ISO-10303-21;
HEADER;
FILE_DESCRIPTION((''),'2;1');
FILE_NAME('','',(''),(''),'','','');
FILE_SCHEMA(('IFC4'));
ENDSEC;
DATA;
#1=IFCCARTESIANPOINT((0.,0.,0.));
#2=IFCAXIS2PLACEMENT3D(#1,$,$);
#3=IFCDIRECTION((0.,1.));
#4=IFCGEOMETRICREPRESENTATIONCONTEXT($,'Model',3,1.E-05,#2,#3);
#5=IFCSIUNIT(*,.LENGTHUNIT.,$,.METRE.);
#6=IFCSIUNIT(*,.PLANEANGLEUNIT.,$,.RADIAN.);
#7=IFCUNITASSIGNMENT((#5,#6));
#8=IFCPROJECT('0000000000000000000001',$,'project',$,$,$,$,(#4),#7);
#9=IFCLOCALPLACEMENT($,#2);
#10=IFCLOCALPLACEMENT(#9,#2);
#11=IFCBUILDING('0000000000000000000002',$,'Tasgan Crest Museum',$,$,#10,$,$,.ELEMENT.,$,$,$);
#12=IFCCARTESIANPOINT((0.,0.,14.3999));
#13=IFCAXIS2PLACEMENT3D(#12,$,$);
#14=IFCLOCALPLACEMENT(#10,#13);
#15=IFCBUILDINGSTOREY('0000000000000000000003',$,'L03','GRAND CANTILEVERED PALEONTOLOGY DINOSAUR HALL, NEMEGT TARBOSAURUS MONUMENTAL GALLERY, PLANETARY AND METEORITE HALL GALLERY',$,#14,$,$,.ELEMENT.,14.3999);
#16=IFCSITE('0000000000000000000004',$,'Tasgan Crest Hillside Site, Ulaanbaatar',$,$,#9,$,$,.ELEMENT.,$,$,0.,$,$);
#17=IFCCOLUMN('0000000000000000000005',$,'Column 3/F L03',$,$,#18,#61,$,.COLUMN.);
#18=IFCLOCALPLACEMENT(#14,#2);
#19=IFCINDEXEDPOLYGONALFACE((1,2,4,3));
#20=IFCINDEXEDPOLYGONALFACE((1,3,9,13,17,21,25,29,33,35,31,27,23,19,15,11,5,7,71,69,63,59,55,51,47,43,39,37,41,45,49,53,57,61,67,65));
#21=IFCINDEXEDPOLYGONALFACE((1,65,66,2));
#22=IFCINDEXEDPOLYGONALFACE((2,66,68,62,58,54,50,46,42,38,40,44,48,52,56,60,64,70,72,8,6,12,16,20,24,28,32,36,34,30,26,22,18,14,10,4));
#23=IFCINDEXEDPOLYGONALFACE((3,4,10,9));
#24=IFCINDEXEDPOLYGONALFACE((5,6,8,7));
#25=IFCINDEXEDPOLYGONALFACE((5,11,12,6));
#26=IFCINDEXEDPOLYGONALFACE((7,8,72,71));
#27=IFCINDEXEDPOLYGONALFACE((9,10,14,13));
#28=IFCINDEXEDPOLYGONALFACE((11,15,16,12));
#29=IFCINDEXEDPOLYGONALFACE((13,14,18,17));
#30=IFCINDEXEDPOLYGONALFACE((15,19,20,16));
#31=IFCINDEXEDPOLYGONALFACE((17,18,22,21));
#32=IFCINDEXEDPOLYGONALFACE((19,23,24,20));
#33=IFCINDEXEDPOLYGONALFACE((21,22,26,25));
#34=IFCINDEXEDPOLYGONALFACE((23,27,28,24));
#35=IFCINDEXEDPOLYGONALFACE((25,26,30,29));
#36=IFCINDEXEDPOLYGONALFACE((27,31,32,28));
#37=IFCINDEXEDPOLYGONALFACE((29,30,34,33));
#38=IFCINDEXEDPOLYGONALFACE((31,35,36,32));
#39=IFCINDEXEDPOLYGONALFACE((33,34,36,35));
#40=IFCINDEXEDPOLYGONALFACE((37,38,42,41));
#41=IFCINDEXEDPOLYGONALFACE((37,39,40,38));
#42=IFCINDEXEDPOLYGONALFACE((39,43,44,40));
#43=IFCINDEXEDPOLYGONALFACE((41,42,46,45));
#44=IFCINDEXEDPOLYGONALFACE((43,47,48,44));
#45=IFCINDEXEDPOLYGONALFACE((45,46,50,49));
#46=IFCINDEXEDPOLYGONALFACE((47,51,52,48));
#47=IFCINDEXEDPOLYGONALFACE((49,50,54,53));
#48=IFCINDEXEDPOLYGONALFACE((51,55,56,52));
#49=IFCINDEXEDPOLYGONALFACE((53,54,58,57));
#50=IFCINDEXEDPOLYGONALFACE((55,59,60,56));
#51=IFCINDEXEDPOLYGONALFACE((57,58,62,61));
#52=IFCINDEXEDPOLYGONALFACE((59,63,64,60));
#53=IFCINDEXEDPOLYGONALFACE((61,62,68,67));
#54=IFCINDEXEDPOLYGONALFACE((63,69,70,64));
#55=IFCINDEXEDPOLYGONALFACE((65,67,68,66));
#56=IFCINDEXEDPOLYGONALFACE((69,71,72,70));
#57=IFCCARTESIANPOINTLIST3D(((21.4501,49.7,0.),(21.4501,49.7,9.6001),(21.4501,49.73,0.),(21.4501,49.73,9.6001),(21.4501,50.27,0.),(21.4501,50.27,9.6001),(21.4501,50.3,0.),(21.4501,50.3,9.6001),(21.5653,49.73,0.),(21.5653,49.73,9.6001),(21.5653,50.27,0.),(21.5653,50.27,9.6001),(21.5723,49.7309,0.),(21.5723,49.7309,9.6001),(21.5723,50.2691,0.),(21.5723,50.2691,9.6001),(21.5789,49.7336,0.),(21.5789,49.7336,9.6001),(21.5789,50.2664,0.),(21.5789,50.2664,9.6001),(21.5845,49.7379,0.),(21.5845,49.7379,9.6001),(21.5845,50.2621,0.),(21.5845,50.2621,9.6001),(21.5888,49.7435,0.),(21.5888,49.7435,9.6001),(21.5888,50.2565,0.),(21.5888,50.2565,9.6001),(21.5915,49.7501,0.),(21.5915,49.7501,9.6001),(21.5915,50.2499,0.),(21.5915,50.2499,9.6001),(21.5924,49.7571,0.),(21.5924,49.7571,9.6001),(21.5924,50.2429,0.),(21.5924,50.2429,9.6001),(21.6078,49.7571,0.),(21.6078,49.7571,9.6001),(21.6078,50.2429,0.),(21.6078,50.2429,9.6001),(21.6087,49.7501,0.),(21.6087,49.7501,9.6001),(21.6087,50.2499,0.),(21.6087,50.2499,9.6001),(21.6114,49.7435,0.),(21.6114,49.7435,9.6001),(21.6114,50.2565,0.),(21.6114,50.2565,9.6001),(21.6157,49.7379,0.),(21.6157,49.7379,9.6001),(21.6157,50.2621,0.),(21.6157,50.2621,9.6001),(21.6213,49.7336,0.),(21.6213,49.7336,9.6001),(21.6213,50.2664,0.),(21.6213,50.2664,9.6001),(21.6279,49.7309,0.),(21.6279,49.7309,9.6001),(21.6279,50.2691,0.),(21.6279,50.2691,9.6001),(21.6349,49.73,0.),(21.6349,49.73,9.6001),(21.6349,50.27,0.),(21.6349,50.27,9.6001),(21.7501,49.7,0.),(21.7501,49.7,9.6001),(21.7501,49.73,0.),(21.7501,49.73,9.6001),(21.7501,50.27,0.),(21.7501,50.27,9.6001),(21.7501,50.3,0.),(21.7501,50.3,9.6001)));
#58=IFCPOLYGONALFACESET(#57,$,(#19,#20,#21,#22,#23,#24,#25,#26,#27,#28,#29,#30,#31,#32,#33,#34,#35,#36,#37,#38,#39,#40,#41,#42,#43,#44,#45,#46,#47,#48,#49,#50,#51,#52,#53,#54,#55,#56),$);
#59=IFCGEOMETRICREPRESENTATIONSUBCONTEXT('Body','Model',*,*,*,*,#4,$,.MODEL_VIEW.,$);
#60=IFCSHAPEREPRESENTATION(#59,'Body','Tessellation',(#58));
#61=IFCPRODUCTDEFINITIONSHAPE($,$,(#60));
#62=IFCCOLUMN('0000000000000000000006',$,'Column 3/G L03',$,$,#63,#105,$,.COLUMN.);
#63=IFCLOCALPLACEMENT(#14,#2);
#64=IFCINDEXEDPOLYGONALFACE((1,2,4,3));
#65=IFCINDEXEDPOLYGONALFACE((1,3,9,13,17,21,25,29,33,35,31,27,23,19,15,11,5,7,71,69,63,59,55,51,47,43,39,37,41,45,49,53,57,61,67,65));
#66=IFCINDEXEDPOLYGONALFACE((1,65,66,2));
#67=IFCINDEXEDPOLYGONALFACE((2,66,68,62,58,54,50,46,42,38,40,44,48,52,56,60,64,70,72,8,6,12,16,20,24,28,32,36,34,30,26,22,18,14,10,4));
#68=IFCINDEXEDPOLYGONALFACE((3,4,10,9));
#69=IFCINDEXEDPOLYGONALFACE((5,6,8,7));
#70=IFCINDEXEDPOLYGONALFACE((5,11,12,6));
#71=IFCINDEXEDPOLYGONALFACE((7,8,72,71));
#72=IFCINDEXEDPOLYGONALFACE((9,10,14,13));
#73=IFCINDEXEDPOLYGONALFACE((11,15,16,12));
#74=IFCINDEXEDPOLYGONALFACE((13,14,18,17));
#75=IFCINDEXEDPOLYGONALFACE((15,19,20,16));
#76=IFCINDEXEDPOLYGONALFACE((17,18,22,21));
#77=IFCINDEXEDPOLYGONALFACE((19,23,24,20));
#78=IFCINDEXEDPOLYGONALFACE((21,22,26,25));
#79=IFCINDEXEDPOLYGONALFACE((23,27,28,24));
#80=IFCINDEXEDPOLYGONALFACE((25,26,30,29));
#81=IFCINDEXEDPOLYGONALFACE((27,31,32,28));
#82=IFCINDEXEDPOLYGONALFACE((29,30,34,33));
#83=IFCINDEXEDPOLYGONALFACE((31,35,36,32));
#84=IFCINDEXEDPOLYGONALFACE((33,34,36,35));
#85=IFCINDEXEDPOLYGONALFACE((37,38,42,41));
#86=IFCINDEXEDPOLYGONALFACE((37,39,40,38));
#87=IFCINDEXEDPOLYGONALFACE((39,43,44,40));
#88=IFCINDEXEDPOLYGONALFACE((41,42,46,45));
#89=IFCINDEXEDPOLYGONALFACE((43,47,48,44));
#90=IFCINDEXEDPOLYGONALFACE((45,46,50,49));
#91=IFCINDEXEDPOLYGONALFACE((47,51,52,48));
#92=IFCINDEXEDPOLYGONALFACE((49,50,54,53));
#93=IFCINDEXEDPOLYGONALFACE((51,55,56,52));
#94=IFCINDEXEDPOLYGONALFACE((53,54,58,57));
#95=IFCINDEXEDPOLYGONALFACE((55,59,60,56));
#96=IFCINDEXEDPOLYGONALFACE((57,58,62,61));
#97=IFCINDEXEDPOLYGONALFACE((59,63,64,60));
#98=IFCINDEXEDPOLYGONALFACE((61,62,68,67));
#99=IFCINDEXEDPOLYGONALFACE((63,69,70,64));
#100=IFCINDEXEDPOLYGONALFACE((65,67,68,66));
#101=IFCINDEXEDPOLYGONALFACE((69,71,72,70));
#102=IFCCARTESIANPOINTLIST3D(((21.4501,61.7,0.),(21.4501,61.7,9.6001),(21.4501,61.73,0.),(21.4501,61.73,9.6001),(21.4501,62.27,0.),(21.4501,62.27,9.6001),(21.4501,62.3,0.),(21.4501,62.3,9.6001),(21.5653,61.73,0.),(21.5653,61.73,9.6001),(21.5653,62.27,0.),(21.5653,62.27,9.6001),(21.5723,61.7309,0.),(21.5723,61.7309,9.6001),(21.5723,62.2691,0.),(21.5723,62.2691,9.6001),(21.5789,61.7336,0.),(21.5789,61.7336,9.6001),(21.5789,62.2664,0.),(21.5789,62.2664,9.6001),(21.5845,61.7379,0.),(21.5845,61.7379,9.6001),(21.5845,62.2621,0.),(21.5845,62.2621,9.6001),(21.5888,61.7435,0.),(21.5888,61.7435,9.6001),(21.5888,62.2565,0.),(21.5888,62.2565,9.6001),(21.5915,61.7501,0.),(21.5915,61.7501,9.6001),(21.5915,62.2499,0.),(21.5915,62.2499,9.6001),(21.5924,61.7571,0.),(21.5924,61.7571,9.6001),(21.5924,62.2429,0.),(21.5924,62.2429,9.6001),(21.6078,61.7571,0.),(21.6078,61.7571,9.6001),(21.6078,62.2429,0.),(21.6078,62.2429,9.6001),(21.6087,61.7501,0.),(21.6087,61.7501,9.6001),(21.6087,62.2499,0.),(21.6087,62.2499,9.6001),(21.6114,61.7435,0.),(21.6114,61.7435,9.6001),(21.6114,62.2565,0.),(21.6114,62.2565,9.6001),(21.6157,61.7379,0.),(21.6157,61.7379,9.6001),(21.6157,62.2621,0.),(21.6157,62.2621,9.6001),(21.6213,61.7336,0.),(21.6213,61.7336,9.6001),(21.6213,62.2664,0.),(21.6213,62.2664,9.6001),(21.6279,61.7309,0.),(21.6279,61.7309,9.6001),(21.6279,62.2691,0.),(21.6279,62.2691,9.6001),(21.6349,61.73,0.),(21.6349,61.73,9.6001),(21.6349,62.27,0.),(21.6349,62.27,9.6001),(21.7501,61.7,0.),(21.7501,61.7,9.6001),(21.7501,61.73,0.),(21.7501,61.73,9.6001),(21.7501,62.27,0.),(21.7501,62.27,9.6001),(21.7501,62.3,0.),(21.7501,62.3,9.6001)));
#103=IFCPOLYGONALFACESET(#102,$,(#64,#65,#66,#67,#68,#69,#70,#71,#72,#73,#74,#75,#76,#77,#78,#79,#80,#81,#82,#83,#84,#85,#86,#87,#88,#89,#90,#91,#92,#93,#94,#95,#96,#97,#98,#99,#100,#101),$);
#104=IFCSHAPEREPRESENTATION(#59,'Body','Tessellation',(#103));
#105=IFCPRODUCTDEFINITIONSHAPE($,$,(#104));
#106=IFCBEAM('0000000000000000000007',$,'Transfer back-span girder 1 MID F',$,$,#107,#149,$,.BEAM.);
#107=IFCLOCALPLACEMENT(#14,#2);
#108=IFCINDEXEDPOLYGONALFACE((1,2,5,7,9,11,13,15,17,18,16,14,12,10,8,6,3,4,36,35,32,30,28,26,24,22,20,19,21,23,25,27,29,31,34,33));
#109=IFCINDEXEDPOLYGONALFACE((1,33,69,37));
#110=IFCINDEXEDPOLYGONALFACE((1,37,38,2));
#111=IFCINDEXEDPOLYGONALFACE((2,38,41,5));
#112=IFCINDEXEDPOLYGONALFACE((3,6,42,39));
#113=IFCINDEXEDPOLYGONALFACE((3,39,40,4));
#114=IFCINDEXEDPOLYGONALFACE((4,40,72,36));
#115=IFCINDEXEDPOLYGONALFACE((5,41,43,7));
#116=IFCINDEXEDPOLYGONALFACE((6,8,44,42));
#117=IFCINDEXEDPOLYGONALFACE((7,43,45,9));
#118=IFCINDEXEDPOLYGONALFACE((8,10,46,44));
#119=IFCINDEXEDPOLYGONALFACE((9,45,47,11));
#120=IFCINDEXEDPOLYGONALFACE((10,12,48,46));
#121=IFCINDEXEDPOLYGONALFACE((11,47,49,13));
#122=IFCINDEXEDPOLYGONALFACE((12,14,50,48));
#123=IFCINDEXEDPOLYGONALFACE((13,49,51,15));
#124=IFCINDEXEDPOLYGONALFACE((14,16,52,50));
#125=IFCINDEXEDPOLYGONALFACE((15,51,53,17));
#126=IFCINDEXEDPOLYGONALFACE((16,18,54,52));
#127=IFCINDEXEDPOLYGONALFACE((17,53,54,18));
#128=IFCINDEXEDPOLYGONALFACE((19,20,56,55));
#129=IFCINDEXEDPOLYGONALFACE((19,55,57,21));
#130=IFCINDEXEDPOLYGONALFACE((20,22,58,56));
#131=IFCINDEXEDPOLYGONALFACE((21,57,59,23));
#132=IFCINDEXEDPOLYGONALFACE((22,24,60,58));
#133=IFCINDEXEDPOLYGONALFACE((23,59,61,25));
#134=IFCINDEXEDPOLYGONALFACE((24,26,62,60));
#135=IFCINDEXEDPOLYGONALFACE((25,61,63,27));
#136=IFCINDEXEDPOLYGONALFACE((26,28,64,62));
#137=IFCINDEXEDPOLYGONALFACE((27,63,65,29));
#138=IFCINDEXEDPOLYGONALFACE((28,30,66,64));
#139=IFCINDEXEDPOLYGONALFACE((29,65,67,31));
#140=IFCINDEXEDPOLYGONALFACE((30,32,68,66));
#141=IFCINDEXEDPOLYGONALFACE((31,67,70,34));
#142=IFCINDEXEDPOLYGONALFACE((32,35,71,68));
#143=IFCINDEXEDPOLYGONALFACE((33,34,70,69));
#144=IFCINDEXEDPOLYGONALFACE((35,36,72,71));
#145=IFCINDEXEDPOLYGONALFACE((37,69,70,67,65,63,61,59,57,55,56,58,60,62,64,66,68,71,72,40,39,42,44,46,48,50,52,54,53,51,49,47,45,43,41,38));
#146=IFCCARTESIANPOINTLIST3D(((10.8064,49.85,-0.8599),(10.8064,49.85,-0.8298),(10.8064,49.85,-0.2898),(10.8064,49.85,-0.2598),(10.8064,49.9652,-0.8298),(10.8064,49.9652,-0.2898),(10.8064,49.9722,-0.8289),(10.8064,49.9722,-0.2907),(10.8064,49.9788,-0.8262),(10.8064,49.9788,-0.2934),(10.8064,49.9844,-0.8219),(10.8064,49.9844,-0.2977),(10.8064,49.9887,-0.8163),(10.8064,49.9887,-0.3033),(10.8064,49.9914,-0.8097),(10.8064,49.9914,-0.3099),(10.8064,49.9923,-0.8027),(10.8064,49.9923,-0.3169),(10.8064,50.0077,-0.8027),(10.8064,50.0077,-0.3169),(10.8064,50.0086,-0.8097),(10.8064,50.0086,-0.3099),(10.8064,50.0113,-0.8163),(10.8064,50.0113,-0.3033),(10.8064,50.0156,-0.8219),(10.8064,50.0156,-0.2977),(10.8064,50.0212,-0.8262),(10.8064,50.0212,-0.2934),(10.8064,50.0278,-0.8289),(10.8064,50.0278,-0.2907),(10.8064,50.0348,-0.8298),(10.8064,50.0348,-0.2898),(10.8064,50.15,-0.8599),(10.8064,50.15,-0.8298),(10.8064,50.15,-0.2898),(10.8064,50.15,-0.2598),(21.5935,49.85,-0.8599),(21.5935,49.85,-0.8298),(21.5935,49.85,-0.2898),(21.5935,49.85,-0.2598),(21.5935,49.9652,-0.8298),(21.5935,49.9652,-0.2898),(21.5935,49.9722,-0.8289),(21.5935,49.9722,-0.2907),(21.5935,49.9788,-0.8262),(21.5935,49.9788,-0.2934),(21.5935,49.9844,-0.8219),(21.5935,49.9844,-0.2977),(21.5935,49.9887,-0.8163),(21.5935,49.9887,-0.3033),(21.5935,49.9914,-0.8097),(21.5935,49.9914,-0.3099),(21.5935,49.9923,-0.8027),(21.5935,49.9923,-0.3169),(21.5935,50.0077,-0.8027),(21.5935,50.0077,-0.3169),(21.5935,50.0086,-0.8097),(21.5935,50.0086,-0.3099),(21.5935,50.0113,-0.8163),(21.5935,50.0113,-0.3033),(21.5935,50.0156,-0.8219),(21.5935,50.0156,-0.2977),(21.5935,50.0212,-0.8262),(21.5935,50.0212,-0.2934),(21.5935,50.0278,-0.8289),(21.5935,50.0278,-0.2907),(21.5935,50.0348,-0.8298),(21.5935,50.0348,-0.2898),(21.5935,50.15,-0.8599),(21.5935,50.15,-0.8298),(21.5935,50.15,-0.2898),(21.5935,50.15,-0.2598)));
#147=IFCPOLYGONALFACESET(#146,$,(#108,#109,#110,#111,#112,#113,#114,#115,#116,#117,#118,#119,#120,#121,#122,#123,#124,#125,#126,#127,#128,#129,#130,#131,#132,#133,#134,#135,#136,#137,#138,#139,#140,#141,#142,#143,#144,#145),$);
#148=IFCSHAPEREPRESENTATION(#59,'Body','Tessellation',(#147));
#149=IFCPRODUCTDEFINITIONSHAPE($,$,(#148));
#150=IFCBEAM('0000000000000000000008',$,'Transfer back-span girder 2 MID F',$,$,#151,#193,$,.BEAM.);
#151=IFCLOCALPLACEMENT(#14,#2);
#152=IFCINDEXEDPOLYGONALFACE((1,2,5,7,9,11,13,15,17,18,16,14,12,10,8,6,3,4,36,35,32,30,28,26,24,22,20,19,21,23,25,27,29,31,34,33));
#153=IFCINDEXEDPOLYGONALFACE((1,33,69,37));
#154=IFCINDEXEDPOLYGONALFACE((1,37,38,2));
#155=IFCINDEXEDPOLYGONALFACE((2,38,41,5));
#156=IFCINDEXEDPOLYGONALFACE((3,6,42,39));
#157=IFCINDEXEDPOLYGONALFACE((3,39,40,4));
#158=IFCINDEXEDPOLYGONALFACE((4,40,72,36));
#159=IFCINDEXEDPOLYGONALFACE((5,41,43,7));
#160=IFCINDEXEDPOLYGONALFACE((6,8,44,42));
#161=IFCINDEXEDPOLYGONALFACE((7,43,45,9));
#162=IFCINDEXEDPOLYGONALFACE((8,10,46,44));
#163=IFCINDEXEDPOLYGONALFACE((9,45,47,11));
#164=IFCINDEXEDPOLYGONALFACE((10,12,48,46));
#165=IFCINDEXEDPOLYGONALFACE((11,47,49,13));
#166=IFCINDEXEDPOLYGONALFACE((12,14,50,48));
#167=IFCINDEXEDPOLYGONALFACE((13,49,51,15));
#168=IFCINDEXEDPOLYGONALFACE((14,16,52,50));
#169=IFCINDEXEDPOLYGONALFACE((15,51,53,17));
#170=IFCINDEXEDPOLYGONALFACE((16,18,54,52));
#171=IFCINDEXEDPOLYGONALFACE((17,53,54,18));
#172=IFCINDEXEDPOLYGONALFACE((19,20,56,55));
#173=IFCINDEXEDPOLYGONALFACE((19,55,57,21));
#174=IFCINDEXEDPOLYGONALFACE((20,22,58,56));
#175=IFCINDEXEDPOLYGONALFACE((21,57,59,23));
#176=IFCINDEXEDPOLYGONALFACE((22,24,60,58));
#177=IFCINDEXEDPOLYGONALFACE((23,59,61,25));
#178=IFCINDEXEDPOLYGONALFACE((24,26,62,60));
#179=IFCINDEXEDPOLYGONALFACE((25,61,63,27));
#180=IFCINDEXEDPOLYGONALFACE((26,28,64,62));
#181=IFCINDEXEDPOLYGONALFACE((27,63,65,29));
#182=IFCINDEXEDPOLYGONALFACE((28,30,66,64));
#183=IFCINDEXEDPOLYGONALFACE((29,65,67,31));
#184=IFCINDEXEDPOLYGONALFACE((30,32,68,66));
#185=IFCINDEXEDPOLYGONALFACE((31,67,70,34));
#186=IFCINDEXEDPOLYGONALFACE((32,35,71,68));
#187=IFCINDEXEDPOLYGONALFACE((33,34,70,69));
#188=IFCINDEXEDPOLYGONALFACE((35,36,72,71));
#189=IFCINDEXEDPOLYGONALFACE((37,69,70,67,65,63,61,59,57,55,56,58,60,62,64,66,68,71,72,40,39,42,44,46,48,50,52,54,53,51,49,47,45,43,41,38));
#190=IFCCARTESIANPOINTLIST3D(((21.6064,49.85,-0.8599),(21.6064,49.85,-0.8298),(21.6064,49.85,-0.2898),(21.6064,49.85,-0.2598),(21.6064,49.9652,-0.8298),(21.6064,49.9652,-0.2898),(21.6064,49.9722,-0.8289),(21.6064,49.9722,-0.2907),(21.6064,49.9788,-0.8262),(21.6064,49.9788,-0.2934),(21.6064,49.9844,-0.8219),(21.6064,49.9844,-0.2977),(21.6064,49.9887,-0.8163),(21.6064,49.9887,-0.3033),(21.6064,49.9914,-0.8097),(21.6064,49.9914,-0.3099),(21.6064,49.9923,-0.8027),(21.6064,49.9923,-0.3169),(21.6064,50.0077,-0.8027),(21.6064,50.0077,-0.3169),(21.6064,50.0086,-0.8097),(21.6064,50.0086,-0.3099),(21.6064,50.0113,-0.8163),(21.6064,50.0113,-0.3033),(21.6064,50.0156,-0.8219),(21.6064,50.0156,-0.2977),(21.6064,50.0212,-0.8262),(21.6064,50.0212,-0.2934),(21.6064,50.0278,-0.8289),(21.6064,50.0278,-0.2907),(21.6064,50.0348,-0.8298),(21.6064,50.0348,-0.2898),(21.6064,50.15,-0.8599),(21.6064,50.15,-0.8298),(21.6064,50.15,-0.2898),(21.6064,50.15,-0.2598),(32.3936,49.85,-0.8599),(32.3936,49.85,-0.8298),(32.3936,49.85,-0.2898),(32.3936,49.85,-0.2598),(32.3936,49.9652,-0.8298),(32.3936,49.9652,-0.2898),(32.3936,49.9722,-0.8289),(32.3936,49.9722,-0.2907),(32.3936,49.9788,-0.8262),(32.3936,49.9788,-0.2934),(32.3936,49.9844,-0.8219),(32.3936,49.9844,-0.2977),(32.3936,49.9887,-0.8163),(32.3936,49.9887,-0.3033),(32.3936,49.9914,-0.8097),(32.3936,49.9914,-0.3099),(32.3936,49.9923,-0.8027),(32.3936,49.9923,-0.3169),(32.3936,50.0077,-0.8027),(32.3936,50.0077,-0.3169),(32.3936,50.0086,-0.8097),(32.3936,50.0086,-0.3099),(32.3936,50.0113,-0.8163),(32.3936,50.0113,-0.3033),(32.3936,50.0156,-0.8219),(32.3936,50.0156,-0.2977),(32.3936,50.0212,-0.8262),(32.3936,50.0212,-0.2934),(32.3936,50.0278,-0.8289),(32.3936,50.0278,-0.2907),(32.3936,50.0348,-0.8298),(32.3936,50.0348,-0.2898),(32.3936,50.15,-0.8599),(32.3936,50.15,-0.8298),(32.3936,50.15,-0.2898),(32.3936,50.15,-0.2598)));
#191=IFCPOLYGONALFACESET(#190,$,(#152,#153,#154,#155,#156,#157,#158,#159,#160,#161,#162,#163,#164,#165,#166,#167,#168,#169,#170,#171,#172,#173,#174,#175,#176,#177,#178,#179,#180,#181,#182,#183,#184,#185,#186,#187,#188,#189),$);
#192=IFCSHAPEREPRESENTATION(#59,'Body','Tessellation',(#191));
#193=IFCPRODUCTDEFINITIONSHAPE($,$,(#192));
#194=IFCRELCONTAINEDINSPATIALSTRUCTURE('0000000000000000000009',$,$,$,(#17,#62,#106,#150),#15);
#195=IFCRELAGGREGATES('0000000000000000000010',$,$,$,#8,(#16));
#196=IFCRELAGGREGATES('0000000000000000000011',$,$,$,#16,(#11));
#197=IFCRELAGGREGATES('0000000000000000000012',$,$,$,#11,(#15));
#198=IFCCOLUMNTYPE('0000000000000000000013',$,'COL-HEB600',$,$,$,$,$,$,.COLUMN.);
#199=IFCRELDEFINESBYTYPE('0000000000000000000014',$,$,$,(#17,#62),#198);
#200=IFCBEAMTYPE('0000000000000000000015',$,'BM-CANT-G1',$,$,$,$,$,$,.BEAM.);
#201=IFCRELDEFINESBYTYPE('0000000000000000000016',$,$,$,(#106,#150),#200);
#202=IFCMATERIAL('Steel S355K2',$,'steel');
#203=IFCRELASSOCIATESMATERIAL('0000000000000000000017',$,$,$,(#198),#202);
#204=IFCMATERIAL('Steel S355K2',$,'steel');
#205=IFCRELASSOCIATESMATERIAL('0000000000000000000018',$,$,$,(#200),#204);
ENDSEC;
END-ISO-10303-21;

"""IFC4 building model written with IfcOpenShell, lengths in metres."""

from ifc_helpers import new_model, si_unit, direction, frame, origin, origin_2d, place, context, subcontext, project, spatial, i_section, extrude, material, material_profile, profile_set, type_object, element, save


model = new_model("IFC4")

# Units and contexts
model_context = context("Model", 3, precision=1e-05, world=origin(), true_north=direction((0.0, 1.0)))
body_context = subcontext(model_context, "Body", "Model", "MODEL_VIEW")
ifc_project = project(units=[si_unit("LENGTHUNIT", "METRE"), si_unit("PLANEANGLEUNIT", "RADIAN")], contexts=[model_context])

# Site, building, storey
site_placement = place(None, origin())
site = spatial("IfcSite", under=ifc_project, at=site_placement, Name="Tasgan Crest Hillside Site, Ulaanbaatar", CompositionType="ELEMENT", RefElevation=0.0)
building_placement = place(site_placement, origin())
building = spatial("IfcBuilding", under=site, at=building_placement, Name="Tasgan Crest Museum", CompositionType="ELEMENT")
storey_placement = place(building_placement, frame((0.0, 0.0, 14.3999)))
storey = spatial("IfcBuildingStorey", under=building, at=storey_placement, Name="L03", Description="GRAND CANTILEVERED PALEONTOLOGY DINOSAUR HALL, NEMEGT TARBOSAURUS MONUMENTAL GALLERY, PLANETARY AND METEORITE HALL GALLERY", CompositionType="ELEMENT", Elevation=14.3999)

# Columns
ifc_material_1 = material(Name="Steel S355K2", Category="steel")
ifc_material_profile_1 = material_profile(ifc_material_1, i_section(OverallWidth=0.3, OverallDepth=0.6001, WebThickness=0.0154, FlangeThickness=0.03, FilletRadius=0.0271, at=origin_2d()), Name="HEB 600")
ifc_profile_set_1 = profile_set([ifc_material_profile_1], Name="Steel S355K2")
column_type = type_object("IfcColumnType", Name="COL-HEB600", PredefinedType="COLUMN", material=ifc_profile_set_1)
for number, where, z_axis, x_axis, name in (
    (1, (21.6001, 50.0, 0.0), (0.0, 0.0, 1.0), (1.0, 0.0, 0.0), "Column 3/F L03"),
    (2, (21.6001, 62.0, 0.0), (0.0, 0.0, 1.0), (1.0, 0.0, 0.0), "Column 3/G L03"),
):
    element("IfcColumn", number, at=place(storey_placement, frame(where, z_axis=z_axis, x_axis=x_axis)), inside=storey, type_object=column_type, Name=name, PredefinedType="COLUMN", context=body_context, shape_type="SweptSolid", body=[
        extrude(i_section(OverallWidth=0.3, OverallDepth=0.6001, WebThickness=0.0154, FlangeThickness=0.03, FilletRadius=0.0271, at=origin_2d()), origin(), (0.0, 0.0, 1.0), 9.6001),
    ])

# Beams
ifc_material_2 = material(Name="Steel S355K2", Category="steel")
ifc_material_profile_2 = material_profile(ifc_material_2, i_section(OverallWidth=0.3, OverallDepth=0.6001, WebThickness=0.0154, FlangeThickness=0.03, FilletRadius=0.0271, at=origin_2d()), Name="HEB 600")
ifc_profile_set_2 = profile_set([ifc_material_profile_2], Name="Steel S355K2")
beam_type_1 = type_object("IfcBeamType", Name="BM-CANT-G1", PredefinedType="BEAM", material=ifc_profile_set_2)
for number, where, z_axis, x_axis, name in (
    (3, (10.8064, 50.0, -0.5598), (1.0, 0.0, 0.0), (0.0, 1.0, 0.0), "Transfer back-span girder 1 MID F"),
    (4, (21.6064, 50.0, -0.5598), (1.0, 0.0, 0.0), (0.0, 1.0, 0.0), "Transfer back-span girder 2 MID F"),
):
    element("IfcBeam", number, at=place(storey_placement, frame(where, z_axis=z_axis, x_axis=x_axis)), inside=storey, type_object=beam_type_1, Name=name, PredefinedType="BEAM", context=body_context, shape_type="SweptSolid", body=[
        extrude(i_section(OverallWidth=0.3, OverallDepth=0.6001, WebThickness=0.0154, FlangeThickness=0.03, FilletRadius=0.0271, at=origin_2d()), origin(), (0.0, 0.0, 1.0), 10.7871),
    ])

save(model, "model.ifc")
